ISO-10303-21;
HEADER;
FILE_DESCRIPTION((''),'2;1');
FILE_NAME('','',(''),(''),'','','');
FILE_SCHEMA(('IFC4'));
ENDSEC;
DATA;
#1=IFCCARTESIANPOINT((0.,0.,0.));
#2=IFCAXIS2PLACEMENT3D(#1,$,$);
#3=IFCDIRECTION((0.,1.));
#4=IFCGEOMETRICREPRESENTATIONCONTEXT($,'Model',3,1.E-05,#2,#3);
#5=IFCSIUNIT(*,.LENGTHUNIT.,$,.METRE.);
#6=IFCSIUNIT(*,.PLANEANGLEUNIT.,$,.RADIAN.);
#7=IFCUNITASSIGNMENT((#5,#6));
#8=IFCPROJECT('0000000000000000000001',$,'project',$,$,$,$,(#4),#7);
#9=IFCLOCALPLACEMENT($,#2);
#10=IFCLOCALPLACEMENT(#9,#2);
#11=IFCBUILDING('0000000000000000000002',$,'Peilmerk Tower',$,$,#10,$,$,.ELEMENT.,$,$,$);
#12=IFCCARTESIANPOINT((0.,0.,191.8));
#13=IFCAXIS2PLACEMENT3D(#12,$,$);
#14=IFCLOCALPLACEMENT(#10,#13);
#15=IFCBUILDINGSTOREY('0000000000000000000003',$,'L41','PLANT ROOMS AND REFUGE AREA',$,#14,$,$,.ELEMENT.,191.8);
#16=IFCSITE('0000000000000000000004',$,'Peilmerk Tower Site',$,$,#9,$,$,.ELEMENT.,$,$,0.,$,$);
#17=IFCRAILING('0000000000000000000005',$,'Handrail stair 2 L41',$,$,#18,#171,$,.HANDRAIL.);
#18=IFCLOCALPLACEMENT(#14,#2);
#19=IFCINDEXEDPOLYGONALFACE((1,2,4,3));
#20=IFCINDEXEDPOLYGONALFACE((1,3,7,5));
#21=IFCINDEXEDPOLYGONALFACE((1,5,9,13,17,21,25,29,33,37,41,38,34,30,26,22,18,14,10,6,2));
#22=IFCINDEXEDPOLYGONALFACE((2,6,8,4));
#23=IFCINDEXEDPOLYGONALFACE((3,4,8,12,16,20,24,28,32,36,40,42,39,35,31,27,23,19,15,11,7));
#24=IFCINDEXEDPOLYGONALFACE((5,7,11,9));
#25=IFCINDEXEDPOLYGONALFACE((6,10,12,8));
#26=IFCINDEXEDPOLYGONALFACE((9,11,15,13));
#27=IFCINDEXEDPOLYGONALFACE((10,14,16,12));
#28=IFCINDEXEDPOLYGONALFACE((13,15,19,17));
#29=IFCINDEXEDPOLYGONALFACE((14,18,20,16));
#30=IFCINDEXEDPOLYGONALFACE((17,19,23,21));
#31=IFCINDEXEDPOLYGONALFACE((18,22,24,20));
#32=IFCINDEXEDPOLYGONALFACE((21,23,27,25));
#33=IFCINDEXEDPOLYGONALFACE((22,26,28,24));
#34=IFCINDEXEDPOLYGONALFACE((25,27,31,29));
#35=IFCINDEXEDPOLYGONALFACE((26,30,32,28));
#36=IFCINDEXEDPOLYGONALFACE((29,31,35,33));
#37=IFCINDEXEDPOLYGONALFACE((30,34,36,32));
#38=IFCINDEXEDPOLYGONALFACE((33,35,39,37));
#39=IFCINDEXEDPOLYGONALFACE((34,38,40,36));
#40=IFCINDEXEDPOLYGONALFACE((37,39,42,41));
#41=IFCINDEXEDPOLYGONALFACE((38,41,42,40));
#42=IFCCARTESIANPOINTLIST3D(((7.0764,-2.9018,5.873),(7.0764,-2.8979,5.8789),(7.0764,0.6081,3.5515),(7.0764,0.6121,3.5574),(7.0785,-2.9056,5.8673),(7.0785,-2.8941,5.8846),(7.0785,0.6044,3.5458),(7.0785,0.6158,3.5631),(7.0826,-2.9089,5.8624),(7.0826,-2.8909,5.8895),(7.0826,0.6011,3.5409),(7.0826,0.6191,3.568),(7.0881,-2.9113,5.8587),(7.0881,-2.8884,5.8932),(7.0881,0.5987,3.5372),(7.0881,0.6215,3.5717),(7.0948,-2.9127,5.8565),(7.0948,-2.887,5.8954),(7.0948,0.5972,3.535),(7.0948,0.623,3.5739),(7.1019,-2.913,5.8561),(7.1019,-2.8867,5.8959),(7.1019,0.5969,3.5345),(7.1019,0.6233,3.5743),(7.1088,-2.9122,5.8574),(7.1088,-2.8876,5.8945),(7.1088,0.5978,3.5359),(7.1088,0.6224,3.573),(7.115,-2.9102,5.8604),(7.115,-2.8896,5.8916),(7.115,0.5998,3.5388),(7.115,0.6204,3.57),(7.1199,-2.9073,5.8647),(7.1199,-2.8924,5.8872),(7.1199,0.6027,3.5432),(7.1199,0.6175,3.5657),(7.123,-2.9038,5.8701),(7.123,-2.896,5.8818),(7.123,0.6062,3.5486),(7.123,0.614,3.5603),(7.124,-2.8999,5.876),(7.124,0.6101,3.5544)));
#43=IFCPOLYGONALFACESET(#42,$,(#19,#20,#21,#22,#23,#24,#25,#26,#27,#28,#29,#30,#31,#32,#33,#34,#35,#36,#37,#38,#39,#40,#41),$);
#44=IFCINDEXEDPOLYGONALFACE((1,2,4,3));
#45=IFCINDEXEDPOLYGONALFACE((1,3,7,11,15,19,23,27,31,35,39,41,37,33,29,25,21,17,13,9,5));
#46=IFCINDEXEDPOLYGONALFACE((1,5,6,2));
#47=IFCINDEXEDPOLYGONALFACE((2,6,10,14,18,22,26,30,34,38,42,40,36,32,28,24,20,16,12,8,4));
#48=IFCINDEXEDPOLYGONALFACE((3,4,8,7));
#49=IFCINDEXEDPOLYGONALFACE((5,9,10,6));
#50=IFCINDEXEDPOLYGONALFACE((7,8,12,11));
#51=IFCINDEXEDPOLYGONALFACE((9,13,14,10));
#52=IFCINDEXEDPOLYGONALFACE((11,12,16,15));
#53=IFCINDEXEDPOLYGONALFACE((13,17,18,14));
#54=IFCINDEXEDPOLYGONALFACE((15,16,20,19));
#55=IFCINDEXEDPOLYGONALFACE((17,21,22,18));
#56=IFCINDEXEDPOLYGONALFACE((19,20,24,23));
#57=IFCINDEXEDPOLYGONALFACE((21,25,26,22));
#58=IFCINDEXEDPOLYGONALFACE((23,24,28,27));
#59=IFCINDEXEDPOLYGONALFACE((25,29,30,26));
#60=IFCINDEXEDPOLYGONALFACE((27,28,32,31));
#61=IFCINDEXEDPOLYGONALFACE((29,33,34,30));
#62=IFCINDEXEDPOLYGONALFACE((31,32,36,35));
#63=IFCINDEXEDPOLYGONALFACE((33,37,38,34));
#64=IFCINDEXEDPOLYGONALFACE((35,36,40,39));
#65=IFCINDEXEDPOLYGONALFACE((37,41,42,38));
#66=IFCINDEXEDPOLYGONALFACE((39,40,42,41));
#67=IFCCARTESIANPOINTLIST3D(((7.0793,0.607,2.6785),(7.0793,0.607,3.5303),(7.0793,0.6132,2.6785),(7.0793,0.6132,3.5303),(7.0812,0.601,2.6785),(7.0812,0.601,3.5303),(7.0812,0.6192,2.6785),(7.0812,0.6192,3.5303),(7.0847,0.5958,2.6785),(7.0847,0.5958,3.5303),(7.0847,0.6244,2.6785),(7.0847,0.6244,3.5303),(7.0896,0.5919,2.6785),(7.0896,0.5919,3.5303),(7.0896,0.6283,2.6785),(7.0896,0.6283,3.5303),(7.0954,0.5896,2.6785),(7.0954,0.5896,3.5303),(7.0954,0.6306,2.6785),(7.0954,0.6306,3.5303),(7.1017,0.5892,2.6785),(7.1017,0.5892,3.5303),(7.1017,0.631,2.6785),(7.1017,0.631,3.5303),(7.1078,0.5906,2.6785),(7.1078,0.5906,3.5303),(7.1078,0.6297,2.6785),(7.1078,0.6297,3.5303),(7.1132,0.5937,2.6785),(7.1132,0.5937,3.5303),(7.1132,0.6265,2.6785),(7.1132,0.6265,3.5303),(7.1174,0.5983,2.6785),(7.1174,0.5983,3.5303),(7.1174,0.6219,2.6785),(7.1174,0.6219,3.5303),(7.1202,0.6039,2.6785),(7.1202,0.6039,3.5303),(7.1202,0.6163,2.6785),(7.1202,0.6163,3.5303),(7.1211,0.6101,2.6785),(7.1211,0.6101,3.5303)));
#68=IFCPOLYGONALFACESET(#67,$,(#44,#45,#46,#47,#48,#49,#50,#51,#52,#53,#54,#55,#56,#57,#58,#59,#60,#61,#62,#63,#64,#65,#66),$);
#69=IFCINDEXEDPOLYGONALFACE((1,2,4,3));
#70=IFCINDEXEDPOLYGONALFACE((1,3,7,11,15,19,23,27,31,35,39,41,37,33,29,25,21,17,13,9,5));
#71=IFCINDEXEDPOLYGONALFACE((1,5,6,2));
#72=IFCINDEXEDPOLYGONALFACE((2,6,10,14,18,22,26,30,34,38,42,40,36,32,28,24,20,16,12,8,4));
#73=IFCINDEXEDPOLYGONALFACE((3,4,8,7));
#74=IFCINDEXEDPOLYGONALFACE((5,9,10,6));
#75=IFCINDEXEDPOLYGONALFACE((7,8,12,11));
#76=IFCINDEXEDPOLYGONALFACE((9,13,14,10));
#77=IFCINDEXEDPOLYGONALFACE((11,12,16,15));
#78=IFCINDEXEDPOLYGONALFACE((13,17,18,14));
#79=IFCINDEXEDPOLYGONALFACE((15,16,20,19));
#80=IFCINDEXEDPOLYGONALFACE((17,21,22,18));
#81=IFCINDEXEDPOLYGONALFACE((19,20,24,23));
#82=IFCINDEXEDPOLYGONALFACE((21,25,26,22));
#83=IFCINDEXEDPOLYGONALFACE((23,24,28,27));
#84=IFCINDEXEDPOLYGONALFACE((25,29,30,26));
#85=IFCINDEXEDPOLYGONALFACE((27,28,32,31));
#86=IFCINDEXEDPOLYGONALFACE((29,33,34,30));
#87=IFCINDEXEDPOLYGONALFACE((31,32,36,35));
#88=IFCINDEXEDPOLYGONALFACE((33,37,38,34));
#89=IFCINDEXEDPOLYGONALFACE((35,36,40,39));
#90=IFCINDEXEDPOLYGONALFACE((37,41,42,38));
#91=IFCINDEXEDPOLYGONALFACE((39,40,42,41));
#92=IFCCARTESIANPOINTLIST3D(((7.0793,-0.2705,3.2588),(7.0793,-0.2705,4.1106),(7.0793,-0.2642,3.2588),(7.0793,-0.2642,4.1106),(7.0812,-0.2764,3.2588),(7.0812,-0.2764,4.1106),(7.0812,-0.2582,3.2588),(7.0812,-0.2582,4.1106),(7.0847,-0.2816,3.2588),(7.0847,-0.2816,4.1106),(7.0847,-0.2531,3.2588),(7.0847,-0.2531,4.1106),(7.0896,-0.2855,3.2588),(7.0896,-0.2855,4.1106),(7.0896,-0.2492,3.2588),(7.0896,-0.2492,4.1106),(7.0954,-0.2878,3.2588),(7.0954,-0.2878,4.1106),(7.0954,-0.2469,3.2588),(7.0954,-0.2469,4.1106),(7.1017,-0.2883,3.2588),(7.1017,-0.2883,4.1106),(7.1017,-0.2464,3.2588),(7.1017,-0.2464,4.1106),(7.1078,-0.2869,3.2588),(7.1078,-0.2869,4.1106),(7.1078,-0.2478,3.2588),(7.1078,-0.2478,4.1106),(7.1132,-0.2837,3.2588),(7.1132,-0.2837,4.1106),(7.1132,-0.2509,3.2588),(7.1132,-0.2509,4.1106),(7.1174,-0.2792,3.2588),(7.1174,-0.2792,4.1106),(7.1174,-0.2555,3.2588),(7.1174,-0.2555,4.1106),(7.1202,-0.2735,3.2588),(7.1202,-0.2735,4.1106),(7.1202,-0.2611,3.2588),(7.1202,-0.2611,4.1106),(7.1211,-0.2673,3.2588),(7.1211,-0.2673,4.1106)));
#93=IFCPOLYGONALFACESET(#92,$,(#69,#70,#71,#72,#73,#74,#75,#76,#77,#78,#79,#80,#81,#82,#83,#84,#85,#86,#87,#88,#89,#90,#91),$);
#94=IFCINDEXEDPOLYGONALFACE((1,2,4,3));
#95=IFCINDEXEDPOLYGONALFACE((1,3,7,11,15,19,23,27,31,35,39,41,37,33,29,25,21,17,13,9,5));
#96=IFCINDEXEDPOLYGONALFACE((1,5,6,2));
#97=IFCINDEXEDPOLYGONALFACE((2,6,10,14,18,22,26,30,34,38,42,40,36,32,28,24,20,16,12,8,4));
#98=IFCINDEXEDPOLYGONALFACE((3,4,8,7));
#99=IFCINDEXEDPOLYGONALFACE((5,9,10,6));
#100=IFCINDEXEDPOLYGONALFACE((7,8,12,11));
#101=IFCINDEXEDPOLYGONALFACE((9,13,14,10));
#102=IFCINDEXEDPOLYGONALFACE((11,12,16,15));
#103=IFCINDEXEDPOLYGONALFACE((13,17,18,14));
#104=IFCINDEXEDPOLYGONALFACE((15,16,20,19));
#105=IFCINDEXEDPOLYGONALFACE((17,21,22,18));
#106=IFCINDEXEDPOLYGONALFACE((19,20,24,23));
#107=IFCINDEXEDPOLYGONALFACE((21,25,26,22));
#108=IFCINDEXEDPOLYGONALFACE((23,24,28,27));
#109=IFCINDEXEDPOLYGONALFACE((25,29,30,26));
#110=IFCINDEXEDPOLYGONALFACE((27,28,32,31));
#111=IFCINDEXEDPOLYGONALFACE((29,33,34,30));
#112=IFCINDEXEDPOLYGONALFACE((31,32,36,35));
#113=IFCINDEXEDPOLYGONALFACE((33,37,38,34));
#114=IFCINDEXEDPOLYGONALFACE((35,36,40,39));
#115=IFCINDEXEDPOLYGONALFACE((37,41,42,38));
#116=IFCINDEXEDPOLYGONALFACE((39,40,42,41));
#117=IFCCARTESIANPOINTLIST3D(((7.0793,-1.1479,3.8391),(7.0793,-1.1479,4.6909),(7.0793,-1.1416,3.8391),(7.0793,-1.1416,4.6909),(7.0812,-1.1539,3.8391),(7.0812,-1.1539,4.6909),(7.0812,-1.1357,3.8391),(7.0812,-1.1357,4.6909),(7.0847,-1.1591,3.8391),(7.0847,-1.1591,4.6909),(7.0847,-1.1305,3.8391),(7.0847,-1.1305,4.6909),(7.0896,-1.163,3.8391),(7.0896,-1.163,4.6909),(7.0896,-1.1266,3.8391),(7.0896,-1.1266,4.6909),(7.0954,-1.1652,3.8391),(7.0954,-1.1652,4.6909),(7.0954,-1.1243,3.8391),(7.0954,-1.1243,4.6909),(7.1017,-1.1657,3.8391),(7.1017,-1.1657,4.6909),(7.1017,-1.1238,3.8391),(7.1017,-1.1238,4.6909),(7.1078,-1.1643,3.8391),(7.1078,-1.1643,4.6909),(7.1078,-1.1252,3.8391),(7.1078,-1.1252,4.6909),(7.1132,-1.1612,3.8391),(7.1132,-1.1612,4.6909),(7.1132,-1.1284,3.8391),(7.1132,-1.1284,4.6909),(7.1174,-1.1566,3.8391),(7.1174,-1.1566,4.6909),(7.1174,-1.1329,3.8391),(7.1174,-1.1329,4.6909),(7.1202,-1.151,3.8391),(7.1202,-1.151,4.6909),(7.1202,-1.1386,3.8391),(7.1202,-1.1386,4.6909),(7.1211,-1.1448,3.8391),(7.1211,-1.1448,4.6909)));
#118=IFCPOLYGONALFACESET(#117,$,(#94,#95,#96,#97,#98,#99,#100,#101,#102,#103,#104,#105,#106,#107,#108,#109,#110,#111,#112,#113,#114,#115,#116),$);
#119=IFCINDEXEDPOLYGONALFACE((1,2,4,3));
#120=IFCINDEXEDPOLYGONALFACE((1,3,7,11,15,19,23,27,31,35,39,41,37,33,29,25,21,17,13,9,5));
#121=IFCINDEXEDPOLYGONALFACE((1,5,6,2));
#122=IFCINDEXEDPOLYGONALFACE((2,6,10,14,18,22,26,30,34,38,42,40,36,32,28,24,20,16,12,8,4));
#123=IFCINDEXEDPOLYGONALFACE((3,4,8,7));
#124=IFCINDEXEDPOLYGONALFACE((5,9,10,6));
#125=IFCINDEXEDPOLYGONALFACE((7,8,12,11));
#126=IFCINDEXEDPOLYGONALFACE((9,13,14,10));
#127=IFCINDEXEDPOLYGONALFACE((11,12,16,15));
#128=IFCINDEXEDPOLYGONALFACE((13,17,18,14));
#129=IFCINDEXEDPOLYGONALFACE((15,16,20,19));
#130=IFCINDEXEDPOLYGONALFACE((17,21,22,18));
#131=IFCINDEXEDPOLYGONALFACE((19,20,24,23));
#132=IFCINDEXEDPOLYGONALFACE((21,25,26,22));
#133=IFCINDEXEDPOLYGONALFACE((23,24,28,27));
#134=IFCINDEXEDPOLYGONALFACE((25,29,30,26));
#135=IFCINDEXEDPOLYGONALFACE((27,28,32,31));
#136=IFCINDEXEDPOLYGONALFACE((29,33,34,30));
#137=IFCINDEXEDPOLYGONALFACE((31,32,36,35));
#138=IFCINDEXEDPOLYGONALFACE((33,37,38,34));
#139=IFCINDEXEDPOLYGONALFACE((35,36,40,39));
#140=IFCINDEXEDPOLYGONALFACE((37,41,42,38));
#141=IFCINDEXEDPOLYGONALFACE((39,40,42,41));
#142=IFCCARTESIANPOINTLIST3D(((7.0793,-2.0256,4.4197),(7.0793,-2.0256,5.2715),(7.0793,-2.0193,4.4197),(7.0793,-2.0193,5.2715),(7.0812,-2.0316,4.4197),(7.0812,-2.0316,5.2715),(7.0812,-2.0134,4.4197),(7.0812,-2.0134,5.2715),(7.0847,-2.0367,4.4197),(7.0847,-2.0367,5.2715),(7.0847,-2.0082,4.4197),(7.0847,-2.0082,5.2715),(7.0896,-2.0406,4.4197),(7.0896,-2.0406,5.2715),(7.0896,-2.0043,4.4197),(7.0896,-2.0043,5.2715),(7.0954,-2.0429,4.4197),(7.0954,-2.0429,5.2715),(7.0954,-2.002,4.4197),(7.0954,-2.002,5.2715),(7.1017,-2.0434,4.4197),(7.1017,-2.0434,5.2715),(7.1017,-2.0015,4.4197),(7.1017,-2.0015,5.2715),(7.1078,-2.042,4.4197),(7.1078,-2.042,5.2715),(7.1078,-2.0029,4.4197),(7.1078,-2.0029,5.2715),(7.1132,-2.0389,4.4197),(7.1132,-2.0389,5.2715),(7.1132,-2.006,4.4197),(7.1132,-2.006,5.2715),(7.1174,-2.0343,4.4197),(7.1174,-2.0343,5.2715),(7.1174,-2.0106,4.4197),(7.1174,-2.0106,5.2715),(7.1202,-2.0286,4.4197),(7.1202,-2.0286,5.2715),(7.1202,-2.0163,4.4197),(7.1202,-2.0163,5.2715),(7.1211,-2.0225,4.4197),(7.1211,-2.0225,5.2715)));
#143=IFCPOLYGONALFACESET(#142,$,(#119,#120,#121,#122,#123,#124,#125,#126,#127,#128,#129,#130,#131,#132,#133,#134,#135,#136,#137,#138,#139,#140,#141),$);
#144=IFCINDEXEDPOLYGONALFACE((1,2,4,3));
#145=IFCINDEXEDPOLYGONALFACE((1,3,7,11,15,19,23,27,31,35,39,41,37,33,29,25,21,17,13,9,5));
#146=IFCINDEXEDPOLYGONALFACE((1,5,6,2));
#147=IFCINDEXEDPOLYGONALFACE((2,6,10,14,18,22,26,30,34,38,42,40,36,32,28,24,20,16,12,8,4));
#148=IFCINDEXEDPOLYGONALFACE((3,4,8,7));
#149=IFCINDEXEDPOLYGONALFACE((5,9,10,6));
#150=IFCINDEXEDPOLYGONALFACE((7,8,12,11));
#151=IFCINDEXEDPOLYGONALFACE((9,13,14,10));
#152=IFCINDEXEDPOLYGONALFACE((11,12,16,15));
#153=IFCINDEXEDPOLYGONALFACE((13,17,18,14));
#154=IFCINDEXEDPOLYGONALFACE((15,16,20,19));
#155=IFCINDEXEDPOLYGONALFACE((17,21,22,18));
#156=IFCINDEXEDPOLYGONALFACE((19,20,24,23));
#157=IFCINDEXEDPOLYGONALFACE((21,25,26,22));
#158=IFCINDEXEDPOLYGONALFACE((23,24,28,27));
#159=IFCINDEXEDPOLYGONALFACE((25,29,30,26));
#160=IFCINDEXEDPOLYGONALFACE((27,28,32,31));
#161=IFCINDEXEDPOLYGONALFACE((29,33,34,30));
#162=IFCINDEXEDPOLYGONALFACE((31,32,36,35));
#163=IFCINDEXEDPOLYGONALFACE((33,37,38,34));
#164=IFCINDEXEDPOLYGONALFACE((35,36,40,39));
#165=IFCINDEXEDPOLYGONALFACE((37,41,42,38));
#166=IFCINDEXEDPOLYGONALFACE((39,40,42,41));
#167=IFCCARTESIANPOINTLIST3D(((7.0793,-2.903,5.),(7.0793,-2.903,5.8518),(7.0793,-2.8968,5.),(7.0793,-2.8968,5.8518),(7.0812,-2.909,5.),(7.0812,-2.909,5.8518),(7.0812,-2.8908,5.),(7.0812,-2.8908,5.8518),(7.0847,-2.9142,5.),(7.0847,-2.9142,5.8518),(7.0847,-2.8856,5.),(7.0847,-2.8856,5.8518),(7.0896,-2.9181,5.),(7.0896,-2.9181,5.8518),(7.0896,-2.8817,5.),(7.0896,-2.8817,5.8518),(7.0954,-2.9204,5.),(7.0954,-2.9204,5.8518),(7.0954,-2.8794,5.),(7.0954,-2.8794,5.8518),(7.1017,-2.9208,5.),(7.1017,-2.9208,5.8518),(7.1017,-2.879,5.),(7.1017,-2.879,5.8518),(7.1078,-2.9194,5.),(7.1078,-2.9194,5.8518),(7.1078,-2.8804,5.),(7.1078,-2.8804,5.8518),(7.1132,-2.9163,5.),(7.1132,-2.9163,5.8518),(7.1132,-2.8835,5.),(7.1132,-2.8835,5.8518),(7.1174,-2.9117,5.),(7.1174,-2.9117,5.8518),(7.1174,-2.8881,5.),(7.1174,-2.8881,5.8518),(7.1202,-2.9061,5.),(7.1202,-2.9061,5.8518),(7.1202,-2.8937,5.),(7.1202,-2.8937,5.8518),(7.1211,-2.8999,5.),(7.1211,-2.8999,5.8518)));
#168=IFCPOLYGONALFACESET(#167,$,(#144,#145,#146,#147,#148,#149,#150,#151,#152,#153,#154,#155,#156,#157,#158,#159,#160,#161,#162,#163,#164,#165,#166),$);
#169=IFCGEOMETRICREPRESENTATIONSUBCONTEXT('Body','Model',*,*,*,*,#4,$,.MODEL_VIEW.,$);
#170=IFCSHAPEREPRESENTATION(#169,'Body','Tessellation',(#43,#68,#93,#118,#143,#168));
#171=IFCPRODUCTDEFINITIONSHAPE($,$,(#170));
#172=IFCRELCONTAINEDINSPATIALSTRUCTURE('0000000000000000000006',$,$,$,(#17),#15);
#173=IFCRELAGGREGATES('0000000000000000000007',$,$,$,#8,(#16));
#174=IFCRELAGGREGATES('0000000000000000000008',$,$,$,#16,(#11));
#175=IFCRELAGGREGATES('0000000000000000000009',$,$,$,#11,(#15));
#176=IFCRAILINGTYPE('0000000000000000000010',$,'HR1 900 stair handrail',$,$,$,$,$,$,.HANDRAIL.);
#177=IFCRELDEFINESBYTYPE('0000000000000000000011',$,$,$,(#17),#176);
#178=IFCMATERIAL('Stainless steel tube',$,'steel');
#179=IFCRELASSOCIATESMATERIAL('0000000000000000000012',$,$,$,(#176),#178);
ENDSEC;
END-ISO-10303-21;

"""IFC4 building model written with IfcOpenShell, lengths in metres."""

from ifc_helpers import new_model, si_unit, direction, frame, origin, origin_2d, place, context, subcontext, project, spatial, circle, extrude, material, type_object, element, save


model = new_model("IFC4")

# Units and contexts
model_context = context("Model", 3, precision=1e-05, world=origin(), true_north=direction((0.0, 1.0)))
body_context = subcontext(model_context, "Body", "Model", "MODEL_VIEW")
ifc_project = project(units=[si_unit("LENGTHUNIT", "METRE"), si_unit("PLANEANGLEUNIT", "RADIAN")], contexts=[model_context])

# Site, building, storey
site_placement = place(None, origin())
site = spatial("IfcSite", under=ifc_project, at=site_placement, Name="Peilmerk Tower Site", CompositionType="ELEMENT", RefElevation=0.0)
building_placement = place(site_placement, origin())
building = spatial("IfcBuilding", under=site, at=building_placement, Name="Peilmerk Tower", CompositionType="ELEMENT")
storey_placement = place(building_placement, frame((0.0, 0.0, 191.8)))
storey = spatial("IfcBuildingStorey", under=building, at=storey_placement, Name="L41", Description="PLANT ROOMS AND REFUGE AREA", CompositionType="ELEMENT", Elevation=191.8)

# Railing
ifc_material_1 = material(Name="Stainless steel tube", Category="steel")
railing_type_1 = type_object("IfcRailingType", Name="HR1 900 stair handrail", PredefinedType="HANDRAIL", material=ifc_material_1)
railing_1_placement = place(storey_placement, frame((7.1001, 0.6101, 2.6785)))
element("IfcRailing", 1, at=railing_1_placement, inside=storey, type_object=railing_type_1, Name="Handrail stair 2 L41", PredefinedType="HANDRAIL", context=body_context, shape_type="SweptSolid", body=[
    extrude(circle(Radius=0.0239, at=origin_2d()), frame((0.0, 0.0, 0.876), z_axis=(0.0, -0.834071, 0.551657), x_axis=(1.0, 0.0, 0.0)), (0.0, 0.0, 1.0), 4.2083),
    extrude(circle(Radius=0.021, at=origin_2d()), origin(), (0.0, 0.0, 1.0), 0.8518),
    extrude(circle(Radius=0.021, at=origin_2d()), frame((0.0, -0.8774, 0.5803)), (0.0, 0.0, 1.0), 0.8518),
    extrude(circle(Radius=0.021, at=origin_2d()), frame((0.0, -1.7549, 1.1606)), (0.0, 0.0, 1.0), 0.8518),
    extrude(circle(Radius=0.021, at=origin_2d()), frame((0.0, -2.6326, 1.7412)), (0.0, 0.0, 1.0), 0.8518),
    extrude(circle(Radius=0.021, at=origin_2d()), frame((0.0, -3.51, 2.3215)), (0.0, 0.0, 1.0), 0.8518),
])

save(model, "model.ifc")
